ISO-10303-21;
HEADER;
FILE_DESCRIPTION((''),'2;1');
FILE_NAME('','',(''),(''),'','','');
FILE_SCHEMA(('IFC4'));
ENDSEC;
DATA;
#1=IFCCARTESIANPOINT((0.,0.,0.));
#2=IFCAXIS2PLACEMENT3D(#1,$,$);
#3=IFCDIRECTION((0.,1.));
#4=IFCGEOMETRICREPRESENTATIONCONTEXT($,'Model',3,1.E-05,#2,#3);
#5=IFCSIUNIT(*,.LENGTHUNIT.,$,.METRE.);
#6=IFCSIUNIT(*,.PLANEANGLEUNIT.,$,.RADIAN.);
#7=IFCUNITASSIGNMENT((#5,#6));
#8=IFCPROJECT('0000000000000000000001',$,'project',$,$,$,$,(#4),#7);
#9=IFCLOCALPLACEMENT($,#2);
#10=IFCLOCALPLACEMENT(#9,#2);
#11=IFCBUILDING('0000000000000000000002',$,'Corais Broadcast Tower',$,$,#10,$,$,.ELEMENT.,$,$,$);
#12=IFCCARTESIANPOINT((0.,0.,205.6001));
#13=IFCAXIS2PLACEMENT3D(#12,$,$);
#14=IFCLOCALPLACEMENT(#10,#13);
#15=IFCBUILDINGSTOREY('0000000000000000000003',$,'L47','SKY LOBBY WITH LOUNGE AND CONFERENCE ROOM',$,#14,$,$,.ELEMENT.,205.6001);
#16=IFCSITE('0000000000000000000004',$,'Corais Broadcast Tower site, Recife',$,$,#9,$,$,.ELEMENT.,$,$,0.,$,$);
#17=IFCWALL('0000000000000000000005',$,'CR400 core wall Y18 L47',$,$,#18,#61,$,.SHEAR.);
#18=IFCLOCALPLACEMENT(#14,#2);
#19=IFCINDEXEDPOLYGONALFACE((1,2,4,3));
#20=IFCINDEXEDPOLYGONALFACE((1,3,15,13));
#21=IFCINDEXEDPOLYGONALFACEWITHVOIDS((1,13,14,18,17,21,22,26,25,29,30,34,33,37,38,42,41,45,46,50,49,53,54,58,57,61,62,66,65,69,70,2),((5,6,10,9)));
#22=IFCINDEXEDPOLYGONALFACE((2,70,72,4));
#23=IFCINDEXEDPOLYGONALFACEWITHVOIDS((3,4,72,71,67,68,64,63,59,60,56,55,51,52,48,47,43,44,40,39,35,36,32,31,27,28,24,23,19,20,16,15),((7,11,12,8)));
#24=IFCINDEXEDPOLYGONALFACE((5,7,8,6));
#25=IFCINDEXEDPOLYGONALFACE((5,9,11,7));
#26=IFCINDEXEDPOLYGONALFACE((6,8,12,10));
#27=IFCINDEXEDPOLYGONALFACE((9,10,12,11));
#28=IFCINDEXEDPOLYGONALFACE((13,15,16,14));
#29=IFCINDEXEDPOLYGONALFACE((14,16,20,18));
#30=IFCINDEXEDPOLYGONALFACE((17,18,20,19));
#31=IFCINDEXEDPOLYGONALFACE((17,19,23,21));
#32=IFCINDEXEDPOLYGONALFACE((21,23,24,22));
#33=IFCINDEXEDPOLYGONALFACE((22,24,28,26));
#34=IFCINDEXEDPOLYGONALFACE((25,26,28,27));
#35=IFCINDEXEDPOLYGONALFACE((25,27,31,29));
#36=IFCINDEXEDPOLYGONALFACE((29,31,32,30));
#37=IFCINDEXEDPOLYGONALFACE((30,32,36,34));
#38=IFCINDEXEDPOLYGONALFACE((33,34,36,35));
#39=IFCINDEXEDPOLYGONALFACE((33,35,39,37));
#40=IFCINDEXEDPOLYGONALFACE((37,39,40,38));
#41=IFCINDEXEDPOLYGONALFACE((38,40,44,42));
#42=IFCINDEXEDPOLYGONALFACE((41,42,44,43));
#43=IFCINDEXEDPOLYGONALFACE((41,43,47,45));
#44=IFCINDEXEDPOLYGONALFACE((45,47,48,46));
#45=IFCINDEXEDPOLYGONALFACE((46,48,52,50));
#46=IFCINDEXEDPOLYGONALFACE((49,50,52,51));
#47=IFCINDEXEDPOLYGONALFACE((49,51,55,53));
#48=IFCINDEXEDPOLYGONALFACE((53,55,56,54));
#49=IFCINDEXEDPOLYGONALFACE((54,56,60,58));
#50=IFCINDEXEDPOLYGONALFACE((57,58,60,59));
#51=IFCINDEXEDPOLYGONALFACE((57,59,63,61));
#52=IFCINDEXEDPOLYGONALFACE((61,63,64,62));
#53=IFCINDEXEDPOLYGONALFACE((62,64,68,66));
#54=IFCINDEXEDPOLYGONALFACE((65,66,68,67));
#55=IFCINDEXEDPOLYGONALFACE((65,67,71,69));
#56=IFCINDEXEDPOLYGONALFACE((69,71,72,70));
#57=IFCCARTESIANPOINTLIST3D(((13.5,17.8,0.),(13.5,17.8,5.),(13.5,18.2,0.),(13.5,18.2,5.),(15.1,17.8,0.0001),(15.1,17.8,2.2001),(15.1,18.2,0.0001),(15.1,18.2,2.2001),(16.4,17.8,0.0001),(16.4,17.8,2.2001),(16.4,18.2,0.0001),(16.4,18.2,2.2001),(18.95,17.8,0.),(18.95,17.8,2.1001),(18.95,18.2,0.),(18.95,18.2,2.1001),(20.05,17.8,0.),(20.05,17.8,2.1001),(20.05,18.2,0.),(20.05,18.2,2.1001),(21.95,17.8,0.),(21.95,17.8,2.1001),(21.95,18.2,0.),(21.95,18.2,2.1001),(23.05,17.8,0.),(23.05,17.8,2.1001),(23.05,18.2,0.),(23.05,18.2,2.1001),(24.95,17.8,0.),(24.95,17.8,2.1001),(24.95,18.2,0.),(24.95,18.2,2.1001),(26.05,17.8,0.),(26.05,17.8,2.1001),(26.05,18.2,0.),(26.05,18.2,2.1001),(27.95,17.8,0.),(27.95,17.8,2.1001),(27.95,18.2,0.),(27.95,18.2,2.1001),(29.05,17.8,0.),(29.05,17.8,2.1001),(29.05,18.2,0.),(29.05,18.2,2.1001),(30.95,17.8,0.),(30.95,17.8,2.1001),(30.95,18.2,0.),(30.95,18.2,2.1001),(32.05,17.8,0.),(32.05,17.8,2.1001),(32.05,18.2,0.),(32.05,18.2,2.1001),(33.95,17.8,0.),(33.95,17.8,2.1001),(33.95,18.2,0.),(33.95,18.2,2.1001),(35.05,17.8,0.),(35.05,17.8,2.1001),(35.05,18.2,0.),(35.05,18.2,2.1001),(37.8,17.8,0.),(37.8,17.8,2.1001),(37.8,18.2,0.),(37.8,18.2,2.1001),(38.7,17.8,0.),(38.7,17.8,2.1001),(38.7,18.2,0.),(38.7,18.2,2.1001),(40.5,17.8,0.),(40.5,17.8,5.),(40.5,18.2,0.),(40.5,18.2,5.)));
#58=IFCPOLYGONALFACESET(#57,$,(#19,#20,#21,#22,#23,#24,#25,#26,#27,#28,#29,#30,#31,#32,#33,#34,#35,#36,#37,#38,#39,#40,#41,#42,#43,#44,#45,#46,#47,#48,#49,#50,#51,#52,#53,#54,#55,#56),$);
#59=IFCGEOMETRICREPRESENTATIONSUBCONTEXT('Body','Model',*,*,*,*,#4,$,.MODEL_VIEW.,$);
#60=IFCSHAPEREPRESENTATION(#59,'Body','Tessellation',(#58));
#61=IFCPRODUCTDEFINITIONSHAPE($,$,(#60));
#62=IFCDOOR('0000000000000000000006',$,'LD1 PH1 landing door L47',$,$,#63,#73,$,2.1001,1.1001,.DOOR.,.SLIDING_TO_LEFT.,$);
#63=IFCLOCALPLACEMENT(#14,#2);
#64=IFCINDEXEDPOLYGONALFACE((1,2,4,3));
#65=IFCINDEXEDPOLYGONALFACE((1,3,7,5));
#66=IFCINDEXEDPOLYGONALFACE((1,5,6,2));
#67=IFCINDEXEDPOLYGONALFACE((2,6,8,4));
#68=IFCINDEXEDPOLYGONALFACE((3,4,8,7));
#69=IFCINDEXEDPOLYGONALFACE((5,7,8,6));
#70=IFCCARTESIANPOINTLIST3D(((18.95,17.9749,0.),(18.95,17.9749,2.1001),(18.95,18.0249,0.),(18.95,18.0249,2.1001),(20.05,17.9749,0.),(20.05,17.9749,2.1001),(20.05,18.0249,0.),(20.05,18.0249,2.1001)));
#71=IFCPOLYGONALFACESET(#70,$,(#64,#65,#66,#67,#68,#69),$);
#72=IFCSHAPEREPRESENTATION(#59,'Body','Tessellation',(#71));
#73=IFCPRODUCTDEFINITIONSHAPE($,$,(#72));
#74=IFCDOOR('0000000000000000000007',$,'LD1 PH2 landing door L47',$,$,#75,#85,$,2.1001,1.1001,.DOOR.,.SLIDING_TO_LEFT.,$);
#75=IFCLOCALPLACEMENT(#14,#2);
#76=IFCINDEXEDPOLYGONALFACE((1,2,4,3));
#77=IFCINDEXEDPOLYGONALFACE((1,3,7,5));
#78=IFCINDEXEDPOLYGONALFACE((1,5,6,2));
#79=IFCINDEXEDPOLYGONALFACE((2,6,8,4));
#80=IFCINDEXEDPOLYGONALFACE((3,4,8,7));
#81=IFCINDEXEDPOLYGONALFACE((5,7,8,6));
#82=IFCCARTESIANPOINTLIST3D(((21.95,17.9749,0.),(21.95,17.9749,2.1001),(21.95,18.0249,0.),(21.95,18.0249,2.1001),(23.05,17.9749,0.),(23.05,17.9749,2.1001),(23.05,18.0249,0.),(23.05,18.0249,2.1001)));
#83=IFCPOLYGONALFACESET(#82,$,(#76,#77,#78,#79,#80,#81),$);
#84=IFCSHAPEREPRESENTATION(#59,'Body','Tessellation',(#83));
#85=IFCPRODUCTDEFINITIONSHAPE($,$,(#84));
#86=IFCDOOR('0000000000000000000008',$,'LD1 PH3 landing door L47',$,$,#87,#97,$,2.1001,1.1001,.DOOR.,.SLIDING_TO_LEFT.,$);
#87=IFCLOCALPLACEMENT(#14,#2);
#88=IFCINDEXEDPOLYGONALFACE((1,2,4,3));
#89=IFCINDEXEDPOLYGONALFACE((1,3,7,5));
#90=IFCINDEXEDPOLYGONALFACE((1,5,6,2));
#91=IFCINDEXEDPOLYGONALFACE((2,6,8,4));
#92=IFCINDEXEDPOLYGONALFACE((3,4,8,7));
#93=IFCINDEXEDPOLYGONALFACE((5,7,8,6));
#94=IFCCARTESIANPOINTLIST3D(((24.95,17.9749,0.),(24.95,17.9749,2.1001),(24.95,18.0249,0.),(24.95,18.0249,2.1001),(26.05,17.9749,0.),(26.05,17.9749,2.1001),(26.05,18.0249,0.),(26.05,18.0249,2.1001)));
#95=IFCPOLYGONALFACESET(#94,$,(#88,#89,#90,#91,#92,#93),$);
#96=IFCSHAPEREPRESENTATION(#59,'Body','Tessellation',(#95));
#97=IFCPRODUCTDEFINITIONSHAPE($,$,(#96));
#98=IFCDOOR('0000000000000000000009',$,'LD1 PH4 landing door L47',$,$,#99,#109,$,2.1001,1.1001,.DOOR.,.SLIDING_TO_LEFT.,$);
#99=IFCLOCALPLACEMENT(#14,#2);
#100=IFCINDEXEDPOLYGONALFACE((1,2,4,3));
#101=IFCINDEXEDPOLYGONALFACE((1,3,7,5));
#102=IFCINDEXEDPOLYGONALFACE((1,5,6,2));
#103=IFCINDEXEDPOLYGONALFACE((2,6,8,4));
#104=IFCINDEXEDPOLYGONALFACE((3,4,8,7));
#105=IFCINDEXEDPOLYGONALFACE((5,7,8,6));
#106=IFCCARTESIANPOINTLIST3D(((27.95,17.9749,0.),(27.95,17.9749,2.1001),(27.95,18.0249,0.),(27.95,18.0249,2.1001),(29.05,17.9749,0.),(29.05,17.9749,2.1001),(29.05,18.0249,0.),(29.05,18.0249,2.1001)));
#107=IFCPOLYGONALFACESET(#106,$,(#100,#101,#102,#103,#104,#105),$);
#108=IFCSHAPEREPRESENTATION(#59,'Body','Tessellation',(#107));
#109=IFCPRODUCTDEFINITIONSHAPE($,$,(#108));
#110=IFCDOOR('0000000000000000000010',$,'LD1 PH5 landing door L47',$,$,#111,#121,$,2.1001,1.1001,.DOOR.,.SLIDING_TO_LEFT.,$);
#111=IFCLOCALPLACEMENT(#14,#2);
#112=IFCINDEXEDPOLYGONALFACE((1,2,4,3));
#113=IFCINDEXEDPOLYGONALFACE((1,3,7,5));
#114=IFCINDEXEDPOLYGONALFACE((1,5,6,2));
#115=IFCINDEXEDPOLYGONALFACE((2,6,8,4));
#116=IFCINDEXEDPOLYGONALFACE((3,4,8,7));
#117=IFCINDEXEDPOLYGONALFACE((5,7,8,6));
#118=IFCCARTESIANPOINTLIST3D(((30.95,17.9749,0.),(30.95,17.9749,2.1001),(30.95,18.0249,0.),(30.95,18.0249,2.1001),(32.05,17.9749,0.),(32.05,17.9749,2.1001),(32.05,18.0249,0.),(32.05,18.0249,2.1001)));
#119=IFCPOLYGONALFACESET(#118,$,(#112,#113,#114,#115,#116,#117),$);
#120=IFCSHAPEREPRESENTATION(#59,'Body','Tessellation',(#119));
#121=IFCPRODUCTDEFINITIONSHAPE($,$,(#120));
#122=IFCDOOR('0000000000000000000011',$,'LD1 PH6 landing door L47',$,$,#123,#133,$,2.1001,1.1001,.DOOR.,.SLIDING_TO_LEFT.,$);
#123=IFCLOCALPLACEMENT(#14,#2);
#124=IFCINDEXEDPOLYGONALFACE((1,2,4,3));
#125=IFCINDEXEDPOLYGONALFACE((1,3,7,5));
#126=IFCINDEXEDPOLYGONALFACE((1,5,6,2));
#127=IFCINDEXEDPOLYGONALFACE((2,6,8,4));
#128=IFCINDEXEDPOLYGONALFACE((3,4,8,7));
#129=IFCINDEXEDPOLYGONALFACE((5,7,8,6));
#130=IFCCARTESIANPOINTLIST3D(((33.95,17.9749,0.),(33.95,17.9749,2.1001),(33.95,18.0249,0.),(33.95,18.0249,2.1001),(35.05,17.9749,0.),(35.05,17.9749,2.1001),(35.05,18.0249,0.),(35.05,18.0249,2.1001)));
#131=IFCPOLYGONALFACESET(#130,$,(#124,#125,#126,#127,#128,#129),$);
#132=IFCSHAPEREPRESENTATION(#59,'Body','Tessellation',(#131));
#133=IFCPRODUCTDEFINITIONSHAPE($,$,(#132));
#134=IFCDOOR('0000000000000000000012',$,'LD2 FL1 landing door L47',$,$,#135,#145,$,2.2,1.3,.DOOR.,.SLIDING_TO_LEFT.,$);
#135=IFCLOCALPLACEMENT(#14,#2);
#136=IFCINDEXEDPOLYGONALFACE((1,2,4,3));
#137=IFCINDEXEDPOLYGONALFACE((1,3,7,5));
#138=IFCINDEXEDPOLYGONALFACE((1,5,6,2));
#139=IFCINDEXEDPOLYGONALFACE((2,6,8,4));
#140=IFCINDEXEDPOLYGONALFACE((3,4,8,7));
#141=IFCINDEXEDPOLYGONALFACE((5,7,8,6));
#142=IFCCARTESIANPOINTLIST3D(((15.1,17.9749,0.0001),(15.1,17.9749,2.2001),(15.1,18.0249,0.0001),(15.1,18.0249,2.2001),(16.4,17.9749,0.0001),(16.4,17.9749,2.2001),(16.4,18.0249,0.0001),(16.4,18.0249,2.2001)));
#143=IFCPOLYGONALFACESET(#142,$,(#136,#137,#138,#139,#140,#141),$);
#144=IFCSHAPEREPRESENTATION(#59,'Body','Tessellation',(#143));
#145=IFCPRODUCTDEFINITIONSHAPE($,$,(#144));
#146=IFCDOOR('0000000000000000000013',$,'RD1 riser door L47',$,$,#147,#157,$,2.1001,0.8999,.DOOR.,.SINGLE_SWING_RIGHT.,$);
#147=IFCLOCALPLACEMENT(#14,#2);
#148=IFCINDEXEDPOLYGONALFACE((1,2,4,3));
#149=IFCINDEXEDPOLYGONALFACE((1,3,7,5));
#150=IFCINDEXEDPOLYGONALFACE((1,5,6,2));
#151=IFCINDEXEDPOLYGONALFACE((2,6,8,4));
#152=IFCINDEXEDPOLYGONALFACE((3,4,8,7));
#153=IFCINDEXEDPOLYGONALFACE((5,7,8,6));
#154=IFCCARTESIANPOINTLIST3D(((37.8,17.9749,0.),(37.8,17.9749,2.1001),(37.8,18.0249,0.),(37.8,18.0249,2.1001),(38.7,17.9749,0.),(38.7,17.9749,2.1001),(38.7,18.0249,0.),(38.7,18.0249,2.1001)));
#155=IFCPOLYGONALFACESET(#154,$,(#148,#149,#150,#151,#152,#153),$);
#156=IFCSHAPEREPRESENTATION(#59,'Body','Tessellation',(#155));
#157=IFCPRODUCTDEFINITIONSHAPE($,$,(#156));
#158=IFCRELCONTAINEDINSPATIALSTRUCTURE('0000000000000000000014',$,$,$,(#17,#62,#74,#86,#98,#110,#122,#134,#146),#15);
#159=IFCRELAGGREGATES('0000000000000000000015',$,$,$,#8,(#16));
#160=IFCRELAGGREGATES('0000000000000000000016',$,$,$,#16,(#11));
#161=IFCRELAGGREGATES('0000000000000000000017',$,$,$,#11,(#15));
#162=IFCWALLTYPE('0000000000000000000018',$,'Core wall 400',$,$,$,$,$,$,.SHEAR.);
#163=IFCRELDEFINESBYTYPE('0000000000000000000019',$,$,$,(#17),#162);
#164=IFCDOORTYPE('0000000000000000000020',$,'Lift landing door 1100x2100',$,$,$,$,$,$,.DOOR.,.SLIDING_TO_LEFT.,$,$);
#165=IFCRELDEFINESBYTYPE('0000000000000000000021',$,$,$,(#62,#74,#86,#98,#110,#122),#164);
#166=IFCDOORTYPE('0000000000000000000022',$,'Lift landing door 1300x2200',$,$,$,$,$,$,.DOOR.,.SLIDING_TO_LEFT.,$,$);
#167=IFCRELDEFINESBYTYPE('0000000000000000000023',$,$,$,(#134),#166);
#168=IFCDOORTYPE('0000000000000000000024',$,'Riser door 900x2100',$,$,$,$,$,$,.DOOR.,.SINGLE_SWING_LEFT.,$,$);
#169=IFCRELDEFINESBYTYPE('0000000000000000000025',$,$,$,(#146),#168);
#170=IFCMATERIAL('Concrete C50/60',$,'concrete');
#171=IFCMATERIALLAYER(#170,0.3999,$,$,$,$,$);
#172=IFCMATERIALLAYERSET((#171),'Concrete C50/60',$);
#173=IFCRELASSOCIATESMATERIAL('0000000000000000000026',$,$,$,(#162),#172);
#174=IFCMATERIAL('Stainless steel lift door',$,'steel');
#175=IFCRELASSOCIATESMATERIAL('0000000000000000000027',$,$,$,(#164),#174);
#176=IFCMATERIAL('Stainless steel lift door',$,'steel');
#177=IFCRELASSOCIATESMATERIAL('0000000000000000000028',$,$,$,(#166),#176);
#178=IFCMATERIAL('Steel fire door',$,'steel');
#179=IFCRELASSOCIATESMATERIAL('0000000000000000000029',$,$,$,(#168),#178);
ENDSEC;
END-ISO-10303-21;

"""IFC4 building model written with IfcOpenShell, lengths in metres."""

from ifc_helpers import new_model, si_unit, direction, frame, frame_2d, origin, place, context, subcontext, project, spatial, rectangle, extrude, material, layer, layer_set, type_object, element, fill, save


model = new_model("IFC4")

# Units and contexts
model_context = context("Model", 3, precision=1e-05, world=origin(), true_north=direction((0.0, 1.0)))
body_context = subcontext(model_context, "Body", "Model", "MODEL_VIEW")
ifc_project = project(units=[si_unit("LENGTHUNIT", "METRE"), si_unit("PLANEANGLEUNIT", "RADIAN")], contexts=[model_context])

# Site, building, storey
site_placement = place(None, origin())
site = spatial("IfcSite", under=ifc_project, at=site_placement, Name="Corais Broadcast Tower site, Recife", CompositionType="ELEMENT", RefElevation=0.0)
building_placement = place(site_placement, origin())
building = spatial("IfcBuilding", under=site, at=building_placement, Name="Corais Broadcast Tower", CompositionType="ELEMENT")
storey_placement = place(building_placement, frame((0.0, 0.0, 205.6001)))
storey = spatial("IfcBuildingStorey", under=building, at=storey_placement, Name="L47", Description="SKY LOBBY WITH LOUNGE AND CONFERENCE ROOM", CompositionType="ELEMENT", Elevation=205.6001)

# Shared definitions
ifc_material_1 = material(Name="Concrete C50/60", Category="concrete")
ifc_layer_1 = layer(ifc_material_1, 0.3999)
ifc_layer_set_1 = layer_set([ifc_layer_1], Name="Concrete C50/60")
wall_type_1 = type_object("IfcWallType", Name="Core wall 400", PredefinedType="SHEAR", material=ifc_layer_set_1)

# Wall, openings, doors
wall_1_placement = place(storey_placement, frame((13.5, 18.0, 0.0), z_axis=(0.0, 0.0, 1.0), x_axis=(1.0, 0.0, 0.0)))
wall_1 = element("IfcWall", 1, at=wall_1_placement, inside=storey, type_object=wall_type_1, Name="CR400 core wall Y18 L47", PredefinedType="SHEAR", context=body_context, shape_type="SweptSolid", body=[
    extrude(rectangle(XDim=27.0, YDim=0.3999, at=frame_2d((13.5, 0.0))), origin(), (0.0, 0.0, 1.0), 5.0),
])
opening_1_placement = place(wall_1_placement, frame((24.3, 0.0, 0.0)))
opening_1 = element("IfcOpeningElement", 2, at=opening_1_placement, cuts=wall_1, PredefinedType="OPENING", context=body_context, shape_type="SweptSolid", body=[
    extrude(rectangle(XDim=0.8999, YDim=2.1001, at=frame_2d((0.45, 1.05))), frame((0.0, 0.21, 0.0), z_axis=(0.0, -1.0, 0.0), x_axis=(1.0, 0.0, 0.0)), (0.0, 0.0, 1.0), 0.4199),
])
opening_2_placement = place(wall_1_placement, frame((5.45, 0.0, 0.0)))
opening_2 = element("IfcOpeningElement", 3, at=opening_2_placement, cuts=wall_1, PredefinedType="OPENING", context=body_context, shape_type="SweptSolid", body=[
    extrude(rectangle(XDim=1.1001, YDim=2.1001, at=frame_2d((0.55, 1.05))), frame((0.0, 0.21, 0.0), z_axis=(0.0, -1.0, 0.0), x_axis=(1.0, 0.0, 0.0)), (0.0, 0.0, 1.0), 0.4199),
])
opening_3_placement = place(wall_1_placement, frame((8.45, 0.0, 0.0)))
opening_3 = element("IfcOpeningElement", 4, at=opening_3_placement, cuts=wall_1, PredefinedType="OPENING", context=body_context, shape_type="SweptSolid", body=[
    extrude(rectangle(XDim=1.1001, YDim=2.1001, at=frame_2d((0.55, 1.05))), frame((0.0, 0.21, 0.0), z_axis=(0.0, -1.0, 0.0), x_axis=(1.0, 0.0, 0.0)), (0.0, 0.0, 1.0), 0.4199),
])
opening_4_placement = place(wall_1_placement, frame((11.45, 0.0, 0.0)))
opening_4 = element("IfcOpeningElement", 5, at=opening_4_placement, cuts=wall_1, PredefinedType="OPENING", context=body_context, shape_type="SweptSolid", body=[
    extrude(rectangle(XDim=1.1001, YDim=2.1001, at=frame_2d((0.55, 1.05))), frame((0.0, 0.21, 0.0), z_axis=(0.0, -1.0, 0.0), x_axis=(1.0, 0.0, 0.0)), (0.0, 0.0, 1.0), 0.4199),
])
opening_5_placement = place(wall_1_placement, frame((14.45, 0.0, 0.0)))
opening_5 = element("IfcOpeningElement", 6, at=opening_5_placement, cuts=wall_1, PredefinedType="OPENING", context=body_context, shape_type="SweptSolid", body=[
    extrude(rectangle(XDim=1.1001, YDim=2.1001, at=frame_2d((0.55, 1.05))), frame((0.0, 0.21, 0.0), z_axis=(0.0, -1.0, 0.0), x_axis=(1.0, 0.0, 0.0)), (0.0, 0.0, 1.0), 0.4199),
])
opening_6_placement = place(wall_1_placement, frame((17.45, 0.0, 0.0)))
opening_6 = element("IfcOpeningElement", 7, at=opening_6_placement, cuts=wall_1, PredefinedType="OPENING", context=body_context, shape_type="SweptSolid", body=[
    extrude(rectangle(XDim=1.1001, YDim=2.1001, at=frame_2d((0.55, 1.05))), frame((0.0, 0.21, 0.0), z_axis=(0.0, -1.0, 0.0), x_axis=(1.0, 0.0, 0.0)), (0.0, 0.0, 1.0), 0.4199),
])
opening_7_placement = place(wall_1_placement, frame((20.45, 0.0, 0.0)))
opening_7 = element("IfcOpeningElement", 8, at=opening_7_placement, cuts=wall_1, PredefinedType="OPENING", context=body_context, shape_type="SweptSolid", body=[
    extrude(rectangle(XDim=1.1001, YDim=2.1001, at=frame_2d((0.55, 1.05))), frame((0.0, 0.21, 0.0), z_axis=(0.0, -1.0, 0.0), x_axis=(1.0, 0.0, 0.0)), (0.0, 0.0, 1.0), 0.4199),
])
opening_8_placement = place(wall_1_placement, frame((1.6001, 0.0, 0.0)))
opening_8 = element("IfcOpeningElement", 9, at=opening_8_placement, cuts=wall_1, PredefinedType="OPENING", context=body_context, shape_type="SweptSolid", body=[
    extrude(rectangle(XDim=1.3, YDim=2.2, at=frame_2d((0.6499, 1.1001))), frame((0.0, 0.21, 0.0), z_axis=(0.0, -1.0, 0.0), x_axis=(1.0, 0.0, 0.0)), (0.0, 0.0, 1.0), 0.4199),
])
ifc_material_2 = material(Name="Stainless steel lift door", Category="steel")
door_type_1 = type_object("IfcDoorType", Name="Lift landing door 1100x2100", OperationType="SLIDING_TO_LEFT", PredefinedType="DOOR", material=ifc_material_2)
door_1_placement = place(opening_2_placement, origin())
door_1 = element("IfcDoor", 10, at=door_1_placement, inside=storey, type_object=door_type_1, Name="LD1 PH1 landing door L47", OperationType="SLIDING_TO_LEFT", OverallHeight=2.1001, OverallWidth=1.1001, PredefinedType="DOOR", context=body_context, shape_type="SweptSolid", body=[
    extrude(rectangle(XDim=1.1001, YDim=2.1001, at=frame_2d((0.55, 1.05))), frame((0.0, 0.0249, 0.0), z_axis=(0.0, -1.0, 0.0), x_axis=(1.0, 0.0, 0.0)), (0.0, 0.0, 1.0), 0.05),
])
fill(opening_2, door_1)
door_2_placement = place(opening_3_placement, origin())
door_2 = element("IfcDoor", 11, at=door_2_placement, inside=storey, type_object=door_type_1, Name="LD1 PH2 landing door L47", OperationType="SLIDING_TO_LEFT", OverallHeight=2.1001, OverallWidth=1.1001, PredefinedType="DOOR", context=body_context, shape_type="SweptSolid", body=[
    extrude(rectangle(XDim=1.1001, YDim=2.1001, at=frame_2d((0.55, 1.05))), frame((0.0, 0.0249, 0.0), z_axis=(0.0, -1.0, 0.0), x_axis=(1.0, 0.0, 0.0)), (0.0, 0.0, 1.0), 0.05),
])
fill(opening_3, door_2)
door_3_placement = place(opening_4_placement, origin())
door_3 = element("IfcDoor", 12, at=door_3_placement, inside=storey, type_object=door_type_1, Name="LD1 PH3 landing door L47", OperationType="SLIDING_TO_LEFT", OverallHeight=2.1001, OverallWidth=1.1001, PredefinedType="DOOR", context=body_context, shape_type="SweptSolid", body=[
    extrude(rectangle(XDim=1.1001, YDim=2.1001, at=frame_2d((0.55, 1.05))), frame((0.0, 0.0249, 0.0), z_axis=(0.0, -1.0, 0.0), x_axis=(1.0, 0.0, 0.0)), (0.0, 0.0, 1.0), 0.05),
])
fill(opening_4, door_3)
door_4_placement = place(opening_5_placement, origin())
door_4 = element("IfcDoor", 13, at=door_4_placement, inside=storey, type_object=door_type_1, Name="LD1 PH4 landing door L47", OperationType="SLIDING_TO_LEFT", OverallHeight=2.1001, OverallWidth=1.1001, PredefinedType="DOOR", context=body_context, shape_type="SweptSolid", body=[
    extrude(rectangle(XDim=1.1001, YDim=2.1001, at=frame_2d((0.55, 1.05))), frame((0.0, 0.0249, 0.0), z_axis=(0.0, -1.0, 0.0), x_axis=(1.0, 0.0, 0.0)), (0.0, 0.0, 1.0), 0.05),
])
fill(opening_5, door_4)
door_5_placement = place(opening_6_placement, origin())
door_5 = element("IfcDoor", 14, at=door_5_placement, inside=storey, type_object=door_type_1, Name="LD1 PH5 landing door L47", OperationType="SLIDING_TO_LEFT", OverallHeight=2.1001, OverallWidth=1.1001, PredefinedType="DOOR", context=body_context, shape_type="SweptSolid", body=[
    extrude(rectangle(XDim=1.1001, YDim=2.1001, at=frame_2d((0.55, 1.05))), frame((0.0, 0.0249, 0.0), z_axis=(0.0, -1.0, 0.0), x_axis=(1.0, 0.0, 0.0)), (0.0, 0.0, 1.0), 0.05),
])
fill(opening_6, door_5)
door_6_placement = place(opening_7_placement, origin())
door_6 = element("IfcDoor", 15, at=door_6_placement, inside=storey, type_object=door_type_1, Name="LD1 PH6 landing door L47", OperationType="SLIDING_TO_LEFT", OverallHeight=2.1001, OverallWidth=1.1001, PredefinedType="DOOR", context=body_context, shape_type="SweptSolid", body=[
    extrude(rectangle(XDim=1.1001, YDim=2.1001, at=frame_2d((0.55, 1.05))), frame((0.0, 0.0249, 0.0), z_axis=(0.0, -1.0, 0.0), x_axis=(1.0, 0.0, 0.0)), (0.0, 0.0, 1.0), 0.05),
])
fill(opening_7, door_6)
ifc_material_3 = material(Name="Stainless steel lift door", Category="steel")
door_type_2 = type_object("IfcDoorType", Name="Lift landing door 1300x2200", OperationType="SLIDING_TO_LEFT", PredefinedType="DOOR", material=ifc_material_3)
door_7_placement = place(opening_8_placement, origin())
door_7 = element("IfcDoor", 16, at=door_7_placement, inside=storey, type_object=door_type_2, Name="LD2 FL1 landing door L47", OperationType="SLIDING_TO_LEFT", OverallHeight=2.2, OverallWidth=1.3, PredefinedType="DOOR", context=body_context, shape_type="SweptSolid", body=[
    extrude(rectangle(XDim=1.3, YDim=2.2, at=frame_2d((0.6499, 1.1001))), frame((0.0, 0.0249, 0.0), z_axis=(0.0, -1.0, 0.0), x_axis=(1.0, 0.0, 0.0)), (0.0, 0.0, 1.0), 0.05),
])
fill(opening_8, door_7)
ifc_material_4 = material(Name="Steel fire door", Category="steel")
door_type_3 = type_object("IfcDoorType", Name="Riser door 900x2100", OperationType="SINGLE_SWING_LEFT", PredefinedType="DOOR", material=ifc_material_4)
door_8_placement = place(opening_1_placement, origin())
door_8 = element("IfcDoor", 17, at=door_8_placement, inside=storey, type_object=door_type_3, Name="RD1 riser door L47", OperationType="SINGLE_SWING_RIGHT", OverallHeight=2.1001, OverallWidth=0.8999, PredefinedType="DOOR", context=body_context, shape_type="SweptSolid", body=[
    extrude(rectangle(XDim=0.8999, YDim=2.1001, at=frame_2d((0.45, 1.05))), frame((0.0, 0.0249, 0.0), z_axis=(0.0, -1.0, 0.0), x_axis=(1.0, 0.0, 0.0)), (0.0, 0.0, 1.0), 0.05),
])
fill(opening_1, door_8)

save(model, "model.ifc")
